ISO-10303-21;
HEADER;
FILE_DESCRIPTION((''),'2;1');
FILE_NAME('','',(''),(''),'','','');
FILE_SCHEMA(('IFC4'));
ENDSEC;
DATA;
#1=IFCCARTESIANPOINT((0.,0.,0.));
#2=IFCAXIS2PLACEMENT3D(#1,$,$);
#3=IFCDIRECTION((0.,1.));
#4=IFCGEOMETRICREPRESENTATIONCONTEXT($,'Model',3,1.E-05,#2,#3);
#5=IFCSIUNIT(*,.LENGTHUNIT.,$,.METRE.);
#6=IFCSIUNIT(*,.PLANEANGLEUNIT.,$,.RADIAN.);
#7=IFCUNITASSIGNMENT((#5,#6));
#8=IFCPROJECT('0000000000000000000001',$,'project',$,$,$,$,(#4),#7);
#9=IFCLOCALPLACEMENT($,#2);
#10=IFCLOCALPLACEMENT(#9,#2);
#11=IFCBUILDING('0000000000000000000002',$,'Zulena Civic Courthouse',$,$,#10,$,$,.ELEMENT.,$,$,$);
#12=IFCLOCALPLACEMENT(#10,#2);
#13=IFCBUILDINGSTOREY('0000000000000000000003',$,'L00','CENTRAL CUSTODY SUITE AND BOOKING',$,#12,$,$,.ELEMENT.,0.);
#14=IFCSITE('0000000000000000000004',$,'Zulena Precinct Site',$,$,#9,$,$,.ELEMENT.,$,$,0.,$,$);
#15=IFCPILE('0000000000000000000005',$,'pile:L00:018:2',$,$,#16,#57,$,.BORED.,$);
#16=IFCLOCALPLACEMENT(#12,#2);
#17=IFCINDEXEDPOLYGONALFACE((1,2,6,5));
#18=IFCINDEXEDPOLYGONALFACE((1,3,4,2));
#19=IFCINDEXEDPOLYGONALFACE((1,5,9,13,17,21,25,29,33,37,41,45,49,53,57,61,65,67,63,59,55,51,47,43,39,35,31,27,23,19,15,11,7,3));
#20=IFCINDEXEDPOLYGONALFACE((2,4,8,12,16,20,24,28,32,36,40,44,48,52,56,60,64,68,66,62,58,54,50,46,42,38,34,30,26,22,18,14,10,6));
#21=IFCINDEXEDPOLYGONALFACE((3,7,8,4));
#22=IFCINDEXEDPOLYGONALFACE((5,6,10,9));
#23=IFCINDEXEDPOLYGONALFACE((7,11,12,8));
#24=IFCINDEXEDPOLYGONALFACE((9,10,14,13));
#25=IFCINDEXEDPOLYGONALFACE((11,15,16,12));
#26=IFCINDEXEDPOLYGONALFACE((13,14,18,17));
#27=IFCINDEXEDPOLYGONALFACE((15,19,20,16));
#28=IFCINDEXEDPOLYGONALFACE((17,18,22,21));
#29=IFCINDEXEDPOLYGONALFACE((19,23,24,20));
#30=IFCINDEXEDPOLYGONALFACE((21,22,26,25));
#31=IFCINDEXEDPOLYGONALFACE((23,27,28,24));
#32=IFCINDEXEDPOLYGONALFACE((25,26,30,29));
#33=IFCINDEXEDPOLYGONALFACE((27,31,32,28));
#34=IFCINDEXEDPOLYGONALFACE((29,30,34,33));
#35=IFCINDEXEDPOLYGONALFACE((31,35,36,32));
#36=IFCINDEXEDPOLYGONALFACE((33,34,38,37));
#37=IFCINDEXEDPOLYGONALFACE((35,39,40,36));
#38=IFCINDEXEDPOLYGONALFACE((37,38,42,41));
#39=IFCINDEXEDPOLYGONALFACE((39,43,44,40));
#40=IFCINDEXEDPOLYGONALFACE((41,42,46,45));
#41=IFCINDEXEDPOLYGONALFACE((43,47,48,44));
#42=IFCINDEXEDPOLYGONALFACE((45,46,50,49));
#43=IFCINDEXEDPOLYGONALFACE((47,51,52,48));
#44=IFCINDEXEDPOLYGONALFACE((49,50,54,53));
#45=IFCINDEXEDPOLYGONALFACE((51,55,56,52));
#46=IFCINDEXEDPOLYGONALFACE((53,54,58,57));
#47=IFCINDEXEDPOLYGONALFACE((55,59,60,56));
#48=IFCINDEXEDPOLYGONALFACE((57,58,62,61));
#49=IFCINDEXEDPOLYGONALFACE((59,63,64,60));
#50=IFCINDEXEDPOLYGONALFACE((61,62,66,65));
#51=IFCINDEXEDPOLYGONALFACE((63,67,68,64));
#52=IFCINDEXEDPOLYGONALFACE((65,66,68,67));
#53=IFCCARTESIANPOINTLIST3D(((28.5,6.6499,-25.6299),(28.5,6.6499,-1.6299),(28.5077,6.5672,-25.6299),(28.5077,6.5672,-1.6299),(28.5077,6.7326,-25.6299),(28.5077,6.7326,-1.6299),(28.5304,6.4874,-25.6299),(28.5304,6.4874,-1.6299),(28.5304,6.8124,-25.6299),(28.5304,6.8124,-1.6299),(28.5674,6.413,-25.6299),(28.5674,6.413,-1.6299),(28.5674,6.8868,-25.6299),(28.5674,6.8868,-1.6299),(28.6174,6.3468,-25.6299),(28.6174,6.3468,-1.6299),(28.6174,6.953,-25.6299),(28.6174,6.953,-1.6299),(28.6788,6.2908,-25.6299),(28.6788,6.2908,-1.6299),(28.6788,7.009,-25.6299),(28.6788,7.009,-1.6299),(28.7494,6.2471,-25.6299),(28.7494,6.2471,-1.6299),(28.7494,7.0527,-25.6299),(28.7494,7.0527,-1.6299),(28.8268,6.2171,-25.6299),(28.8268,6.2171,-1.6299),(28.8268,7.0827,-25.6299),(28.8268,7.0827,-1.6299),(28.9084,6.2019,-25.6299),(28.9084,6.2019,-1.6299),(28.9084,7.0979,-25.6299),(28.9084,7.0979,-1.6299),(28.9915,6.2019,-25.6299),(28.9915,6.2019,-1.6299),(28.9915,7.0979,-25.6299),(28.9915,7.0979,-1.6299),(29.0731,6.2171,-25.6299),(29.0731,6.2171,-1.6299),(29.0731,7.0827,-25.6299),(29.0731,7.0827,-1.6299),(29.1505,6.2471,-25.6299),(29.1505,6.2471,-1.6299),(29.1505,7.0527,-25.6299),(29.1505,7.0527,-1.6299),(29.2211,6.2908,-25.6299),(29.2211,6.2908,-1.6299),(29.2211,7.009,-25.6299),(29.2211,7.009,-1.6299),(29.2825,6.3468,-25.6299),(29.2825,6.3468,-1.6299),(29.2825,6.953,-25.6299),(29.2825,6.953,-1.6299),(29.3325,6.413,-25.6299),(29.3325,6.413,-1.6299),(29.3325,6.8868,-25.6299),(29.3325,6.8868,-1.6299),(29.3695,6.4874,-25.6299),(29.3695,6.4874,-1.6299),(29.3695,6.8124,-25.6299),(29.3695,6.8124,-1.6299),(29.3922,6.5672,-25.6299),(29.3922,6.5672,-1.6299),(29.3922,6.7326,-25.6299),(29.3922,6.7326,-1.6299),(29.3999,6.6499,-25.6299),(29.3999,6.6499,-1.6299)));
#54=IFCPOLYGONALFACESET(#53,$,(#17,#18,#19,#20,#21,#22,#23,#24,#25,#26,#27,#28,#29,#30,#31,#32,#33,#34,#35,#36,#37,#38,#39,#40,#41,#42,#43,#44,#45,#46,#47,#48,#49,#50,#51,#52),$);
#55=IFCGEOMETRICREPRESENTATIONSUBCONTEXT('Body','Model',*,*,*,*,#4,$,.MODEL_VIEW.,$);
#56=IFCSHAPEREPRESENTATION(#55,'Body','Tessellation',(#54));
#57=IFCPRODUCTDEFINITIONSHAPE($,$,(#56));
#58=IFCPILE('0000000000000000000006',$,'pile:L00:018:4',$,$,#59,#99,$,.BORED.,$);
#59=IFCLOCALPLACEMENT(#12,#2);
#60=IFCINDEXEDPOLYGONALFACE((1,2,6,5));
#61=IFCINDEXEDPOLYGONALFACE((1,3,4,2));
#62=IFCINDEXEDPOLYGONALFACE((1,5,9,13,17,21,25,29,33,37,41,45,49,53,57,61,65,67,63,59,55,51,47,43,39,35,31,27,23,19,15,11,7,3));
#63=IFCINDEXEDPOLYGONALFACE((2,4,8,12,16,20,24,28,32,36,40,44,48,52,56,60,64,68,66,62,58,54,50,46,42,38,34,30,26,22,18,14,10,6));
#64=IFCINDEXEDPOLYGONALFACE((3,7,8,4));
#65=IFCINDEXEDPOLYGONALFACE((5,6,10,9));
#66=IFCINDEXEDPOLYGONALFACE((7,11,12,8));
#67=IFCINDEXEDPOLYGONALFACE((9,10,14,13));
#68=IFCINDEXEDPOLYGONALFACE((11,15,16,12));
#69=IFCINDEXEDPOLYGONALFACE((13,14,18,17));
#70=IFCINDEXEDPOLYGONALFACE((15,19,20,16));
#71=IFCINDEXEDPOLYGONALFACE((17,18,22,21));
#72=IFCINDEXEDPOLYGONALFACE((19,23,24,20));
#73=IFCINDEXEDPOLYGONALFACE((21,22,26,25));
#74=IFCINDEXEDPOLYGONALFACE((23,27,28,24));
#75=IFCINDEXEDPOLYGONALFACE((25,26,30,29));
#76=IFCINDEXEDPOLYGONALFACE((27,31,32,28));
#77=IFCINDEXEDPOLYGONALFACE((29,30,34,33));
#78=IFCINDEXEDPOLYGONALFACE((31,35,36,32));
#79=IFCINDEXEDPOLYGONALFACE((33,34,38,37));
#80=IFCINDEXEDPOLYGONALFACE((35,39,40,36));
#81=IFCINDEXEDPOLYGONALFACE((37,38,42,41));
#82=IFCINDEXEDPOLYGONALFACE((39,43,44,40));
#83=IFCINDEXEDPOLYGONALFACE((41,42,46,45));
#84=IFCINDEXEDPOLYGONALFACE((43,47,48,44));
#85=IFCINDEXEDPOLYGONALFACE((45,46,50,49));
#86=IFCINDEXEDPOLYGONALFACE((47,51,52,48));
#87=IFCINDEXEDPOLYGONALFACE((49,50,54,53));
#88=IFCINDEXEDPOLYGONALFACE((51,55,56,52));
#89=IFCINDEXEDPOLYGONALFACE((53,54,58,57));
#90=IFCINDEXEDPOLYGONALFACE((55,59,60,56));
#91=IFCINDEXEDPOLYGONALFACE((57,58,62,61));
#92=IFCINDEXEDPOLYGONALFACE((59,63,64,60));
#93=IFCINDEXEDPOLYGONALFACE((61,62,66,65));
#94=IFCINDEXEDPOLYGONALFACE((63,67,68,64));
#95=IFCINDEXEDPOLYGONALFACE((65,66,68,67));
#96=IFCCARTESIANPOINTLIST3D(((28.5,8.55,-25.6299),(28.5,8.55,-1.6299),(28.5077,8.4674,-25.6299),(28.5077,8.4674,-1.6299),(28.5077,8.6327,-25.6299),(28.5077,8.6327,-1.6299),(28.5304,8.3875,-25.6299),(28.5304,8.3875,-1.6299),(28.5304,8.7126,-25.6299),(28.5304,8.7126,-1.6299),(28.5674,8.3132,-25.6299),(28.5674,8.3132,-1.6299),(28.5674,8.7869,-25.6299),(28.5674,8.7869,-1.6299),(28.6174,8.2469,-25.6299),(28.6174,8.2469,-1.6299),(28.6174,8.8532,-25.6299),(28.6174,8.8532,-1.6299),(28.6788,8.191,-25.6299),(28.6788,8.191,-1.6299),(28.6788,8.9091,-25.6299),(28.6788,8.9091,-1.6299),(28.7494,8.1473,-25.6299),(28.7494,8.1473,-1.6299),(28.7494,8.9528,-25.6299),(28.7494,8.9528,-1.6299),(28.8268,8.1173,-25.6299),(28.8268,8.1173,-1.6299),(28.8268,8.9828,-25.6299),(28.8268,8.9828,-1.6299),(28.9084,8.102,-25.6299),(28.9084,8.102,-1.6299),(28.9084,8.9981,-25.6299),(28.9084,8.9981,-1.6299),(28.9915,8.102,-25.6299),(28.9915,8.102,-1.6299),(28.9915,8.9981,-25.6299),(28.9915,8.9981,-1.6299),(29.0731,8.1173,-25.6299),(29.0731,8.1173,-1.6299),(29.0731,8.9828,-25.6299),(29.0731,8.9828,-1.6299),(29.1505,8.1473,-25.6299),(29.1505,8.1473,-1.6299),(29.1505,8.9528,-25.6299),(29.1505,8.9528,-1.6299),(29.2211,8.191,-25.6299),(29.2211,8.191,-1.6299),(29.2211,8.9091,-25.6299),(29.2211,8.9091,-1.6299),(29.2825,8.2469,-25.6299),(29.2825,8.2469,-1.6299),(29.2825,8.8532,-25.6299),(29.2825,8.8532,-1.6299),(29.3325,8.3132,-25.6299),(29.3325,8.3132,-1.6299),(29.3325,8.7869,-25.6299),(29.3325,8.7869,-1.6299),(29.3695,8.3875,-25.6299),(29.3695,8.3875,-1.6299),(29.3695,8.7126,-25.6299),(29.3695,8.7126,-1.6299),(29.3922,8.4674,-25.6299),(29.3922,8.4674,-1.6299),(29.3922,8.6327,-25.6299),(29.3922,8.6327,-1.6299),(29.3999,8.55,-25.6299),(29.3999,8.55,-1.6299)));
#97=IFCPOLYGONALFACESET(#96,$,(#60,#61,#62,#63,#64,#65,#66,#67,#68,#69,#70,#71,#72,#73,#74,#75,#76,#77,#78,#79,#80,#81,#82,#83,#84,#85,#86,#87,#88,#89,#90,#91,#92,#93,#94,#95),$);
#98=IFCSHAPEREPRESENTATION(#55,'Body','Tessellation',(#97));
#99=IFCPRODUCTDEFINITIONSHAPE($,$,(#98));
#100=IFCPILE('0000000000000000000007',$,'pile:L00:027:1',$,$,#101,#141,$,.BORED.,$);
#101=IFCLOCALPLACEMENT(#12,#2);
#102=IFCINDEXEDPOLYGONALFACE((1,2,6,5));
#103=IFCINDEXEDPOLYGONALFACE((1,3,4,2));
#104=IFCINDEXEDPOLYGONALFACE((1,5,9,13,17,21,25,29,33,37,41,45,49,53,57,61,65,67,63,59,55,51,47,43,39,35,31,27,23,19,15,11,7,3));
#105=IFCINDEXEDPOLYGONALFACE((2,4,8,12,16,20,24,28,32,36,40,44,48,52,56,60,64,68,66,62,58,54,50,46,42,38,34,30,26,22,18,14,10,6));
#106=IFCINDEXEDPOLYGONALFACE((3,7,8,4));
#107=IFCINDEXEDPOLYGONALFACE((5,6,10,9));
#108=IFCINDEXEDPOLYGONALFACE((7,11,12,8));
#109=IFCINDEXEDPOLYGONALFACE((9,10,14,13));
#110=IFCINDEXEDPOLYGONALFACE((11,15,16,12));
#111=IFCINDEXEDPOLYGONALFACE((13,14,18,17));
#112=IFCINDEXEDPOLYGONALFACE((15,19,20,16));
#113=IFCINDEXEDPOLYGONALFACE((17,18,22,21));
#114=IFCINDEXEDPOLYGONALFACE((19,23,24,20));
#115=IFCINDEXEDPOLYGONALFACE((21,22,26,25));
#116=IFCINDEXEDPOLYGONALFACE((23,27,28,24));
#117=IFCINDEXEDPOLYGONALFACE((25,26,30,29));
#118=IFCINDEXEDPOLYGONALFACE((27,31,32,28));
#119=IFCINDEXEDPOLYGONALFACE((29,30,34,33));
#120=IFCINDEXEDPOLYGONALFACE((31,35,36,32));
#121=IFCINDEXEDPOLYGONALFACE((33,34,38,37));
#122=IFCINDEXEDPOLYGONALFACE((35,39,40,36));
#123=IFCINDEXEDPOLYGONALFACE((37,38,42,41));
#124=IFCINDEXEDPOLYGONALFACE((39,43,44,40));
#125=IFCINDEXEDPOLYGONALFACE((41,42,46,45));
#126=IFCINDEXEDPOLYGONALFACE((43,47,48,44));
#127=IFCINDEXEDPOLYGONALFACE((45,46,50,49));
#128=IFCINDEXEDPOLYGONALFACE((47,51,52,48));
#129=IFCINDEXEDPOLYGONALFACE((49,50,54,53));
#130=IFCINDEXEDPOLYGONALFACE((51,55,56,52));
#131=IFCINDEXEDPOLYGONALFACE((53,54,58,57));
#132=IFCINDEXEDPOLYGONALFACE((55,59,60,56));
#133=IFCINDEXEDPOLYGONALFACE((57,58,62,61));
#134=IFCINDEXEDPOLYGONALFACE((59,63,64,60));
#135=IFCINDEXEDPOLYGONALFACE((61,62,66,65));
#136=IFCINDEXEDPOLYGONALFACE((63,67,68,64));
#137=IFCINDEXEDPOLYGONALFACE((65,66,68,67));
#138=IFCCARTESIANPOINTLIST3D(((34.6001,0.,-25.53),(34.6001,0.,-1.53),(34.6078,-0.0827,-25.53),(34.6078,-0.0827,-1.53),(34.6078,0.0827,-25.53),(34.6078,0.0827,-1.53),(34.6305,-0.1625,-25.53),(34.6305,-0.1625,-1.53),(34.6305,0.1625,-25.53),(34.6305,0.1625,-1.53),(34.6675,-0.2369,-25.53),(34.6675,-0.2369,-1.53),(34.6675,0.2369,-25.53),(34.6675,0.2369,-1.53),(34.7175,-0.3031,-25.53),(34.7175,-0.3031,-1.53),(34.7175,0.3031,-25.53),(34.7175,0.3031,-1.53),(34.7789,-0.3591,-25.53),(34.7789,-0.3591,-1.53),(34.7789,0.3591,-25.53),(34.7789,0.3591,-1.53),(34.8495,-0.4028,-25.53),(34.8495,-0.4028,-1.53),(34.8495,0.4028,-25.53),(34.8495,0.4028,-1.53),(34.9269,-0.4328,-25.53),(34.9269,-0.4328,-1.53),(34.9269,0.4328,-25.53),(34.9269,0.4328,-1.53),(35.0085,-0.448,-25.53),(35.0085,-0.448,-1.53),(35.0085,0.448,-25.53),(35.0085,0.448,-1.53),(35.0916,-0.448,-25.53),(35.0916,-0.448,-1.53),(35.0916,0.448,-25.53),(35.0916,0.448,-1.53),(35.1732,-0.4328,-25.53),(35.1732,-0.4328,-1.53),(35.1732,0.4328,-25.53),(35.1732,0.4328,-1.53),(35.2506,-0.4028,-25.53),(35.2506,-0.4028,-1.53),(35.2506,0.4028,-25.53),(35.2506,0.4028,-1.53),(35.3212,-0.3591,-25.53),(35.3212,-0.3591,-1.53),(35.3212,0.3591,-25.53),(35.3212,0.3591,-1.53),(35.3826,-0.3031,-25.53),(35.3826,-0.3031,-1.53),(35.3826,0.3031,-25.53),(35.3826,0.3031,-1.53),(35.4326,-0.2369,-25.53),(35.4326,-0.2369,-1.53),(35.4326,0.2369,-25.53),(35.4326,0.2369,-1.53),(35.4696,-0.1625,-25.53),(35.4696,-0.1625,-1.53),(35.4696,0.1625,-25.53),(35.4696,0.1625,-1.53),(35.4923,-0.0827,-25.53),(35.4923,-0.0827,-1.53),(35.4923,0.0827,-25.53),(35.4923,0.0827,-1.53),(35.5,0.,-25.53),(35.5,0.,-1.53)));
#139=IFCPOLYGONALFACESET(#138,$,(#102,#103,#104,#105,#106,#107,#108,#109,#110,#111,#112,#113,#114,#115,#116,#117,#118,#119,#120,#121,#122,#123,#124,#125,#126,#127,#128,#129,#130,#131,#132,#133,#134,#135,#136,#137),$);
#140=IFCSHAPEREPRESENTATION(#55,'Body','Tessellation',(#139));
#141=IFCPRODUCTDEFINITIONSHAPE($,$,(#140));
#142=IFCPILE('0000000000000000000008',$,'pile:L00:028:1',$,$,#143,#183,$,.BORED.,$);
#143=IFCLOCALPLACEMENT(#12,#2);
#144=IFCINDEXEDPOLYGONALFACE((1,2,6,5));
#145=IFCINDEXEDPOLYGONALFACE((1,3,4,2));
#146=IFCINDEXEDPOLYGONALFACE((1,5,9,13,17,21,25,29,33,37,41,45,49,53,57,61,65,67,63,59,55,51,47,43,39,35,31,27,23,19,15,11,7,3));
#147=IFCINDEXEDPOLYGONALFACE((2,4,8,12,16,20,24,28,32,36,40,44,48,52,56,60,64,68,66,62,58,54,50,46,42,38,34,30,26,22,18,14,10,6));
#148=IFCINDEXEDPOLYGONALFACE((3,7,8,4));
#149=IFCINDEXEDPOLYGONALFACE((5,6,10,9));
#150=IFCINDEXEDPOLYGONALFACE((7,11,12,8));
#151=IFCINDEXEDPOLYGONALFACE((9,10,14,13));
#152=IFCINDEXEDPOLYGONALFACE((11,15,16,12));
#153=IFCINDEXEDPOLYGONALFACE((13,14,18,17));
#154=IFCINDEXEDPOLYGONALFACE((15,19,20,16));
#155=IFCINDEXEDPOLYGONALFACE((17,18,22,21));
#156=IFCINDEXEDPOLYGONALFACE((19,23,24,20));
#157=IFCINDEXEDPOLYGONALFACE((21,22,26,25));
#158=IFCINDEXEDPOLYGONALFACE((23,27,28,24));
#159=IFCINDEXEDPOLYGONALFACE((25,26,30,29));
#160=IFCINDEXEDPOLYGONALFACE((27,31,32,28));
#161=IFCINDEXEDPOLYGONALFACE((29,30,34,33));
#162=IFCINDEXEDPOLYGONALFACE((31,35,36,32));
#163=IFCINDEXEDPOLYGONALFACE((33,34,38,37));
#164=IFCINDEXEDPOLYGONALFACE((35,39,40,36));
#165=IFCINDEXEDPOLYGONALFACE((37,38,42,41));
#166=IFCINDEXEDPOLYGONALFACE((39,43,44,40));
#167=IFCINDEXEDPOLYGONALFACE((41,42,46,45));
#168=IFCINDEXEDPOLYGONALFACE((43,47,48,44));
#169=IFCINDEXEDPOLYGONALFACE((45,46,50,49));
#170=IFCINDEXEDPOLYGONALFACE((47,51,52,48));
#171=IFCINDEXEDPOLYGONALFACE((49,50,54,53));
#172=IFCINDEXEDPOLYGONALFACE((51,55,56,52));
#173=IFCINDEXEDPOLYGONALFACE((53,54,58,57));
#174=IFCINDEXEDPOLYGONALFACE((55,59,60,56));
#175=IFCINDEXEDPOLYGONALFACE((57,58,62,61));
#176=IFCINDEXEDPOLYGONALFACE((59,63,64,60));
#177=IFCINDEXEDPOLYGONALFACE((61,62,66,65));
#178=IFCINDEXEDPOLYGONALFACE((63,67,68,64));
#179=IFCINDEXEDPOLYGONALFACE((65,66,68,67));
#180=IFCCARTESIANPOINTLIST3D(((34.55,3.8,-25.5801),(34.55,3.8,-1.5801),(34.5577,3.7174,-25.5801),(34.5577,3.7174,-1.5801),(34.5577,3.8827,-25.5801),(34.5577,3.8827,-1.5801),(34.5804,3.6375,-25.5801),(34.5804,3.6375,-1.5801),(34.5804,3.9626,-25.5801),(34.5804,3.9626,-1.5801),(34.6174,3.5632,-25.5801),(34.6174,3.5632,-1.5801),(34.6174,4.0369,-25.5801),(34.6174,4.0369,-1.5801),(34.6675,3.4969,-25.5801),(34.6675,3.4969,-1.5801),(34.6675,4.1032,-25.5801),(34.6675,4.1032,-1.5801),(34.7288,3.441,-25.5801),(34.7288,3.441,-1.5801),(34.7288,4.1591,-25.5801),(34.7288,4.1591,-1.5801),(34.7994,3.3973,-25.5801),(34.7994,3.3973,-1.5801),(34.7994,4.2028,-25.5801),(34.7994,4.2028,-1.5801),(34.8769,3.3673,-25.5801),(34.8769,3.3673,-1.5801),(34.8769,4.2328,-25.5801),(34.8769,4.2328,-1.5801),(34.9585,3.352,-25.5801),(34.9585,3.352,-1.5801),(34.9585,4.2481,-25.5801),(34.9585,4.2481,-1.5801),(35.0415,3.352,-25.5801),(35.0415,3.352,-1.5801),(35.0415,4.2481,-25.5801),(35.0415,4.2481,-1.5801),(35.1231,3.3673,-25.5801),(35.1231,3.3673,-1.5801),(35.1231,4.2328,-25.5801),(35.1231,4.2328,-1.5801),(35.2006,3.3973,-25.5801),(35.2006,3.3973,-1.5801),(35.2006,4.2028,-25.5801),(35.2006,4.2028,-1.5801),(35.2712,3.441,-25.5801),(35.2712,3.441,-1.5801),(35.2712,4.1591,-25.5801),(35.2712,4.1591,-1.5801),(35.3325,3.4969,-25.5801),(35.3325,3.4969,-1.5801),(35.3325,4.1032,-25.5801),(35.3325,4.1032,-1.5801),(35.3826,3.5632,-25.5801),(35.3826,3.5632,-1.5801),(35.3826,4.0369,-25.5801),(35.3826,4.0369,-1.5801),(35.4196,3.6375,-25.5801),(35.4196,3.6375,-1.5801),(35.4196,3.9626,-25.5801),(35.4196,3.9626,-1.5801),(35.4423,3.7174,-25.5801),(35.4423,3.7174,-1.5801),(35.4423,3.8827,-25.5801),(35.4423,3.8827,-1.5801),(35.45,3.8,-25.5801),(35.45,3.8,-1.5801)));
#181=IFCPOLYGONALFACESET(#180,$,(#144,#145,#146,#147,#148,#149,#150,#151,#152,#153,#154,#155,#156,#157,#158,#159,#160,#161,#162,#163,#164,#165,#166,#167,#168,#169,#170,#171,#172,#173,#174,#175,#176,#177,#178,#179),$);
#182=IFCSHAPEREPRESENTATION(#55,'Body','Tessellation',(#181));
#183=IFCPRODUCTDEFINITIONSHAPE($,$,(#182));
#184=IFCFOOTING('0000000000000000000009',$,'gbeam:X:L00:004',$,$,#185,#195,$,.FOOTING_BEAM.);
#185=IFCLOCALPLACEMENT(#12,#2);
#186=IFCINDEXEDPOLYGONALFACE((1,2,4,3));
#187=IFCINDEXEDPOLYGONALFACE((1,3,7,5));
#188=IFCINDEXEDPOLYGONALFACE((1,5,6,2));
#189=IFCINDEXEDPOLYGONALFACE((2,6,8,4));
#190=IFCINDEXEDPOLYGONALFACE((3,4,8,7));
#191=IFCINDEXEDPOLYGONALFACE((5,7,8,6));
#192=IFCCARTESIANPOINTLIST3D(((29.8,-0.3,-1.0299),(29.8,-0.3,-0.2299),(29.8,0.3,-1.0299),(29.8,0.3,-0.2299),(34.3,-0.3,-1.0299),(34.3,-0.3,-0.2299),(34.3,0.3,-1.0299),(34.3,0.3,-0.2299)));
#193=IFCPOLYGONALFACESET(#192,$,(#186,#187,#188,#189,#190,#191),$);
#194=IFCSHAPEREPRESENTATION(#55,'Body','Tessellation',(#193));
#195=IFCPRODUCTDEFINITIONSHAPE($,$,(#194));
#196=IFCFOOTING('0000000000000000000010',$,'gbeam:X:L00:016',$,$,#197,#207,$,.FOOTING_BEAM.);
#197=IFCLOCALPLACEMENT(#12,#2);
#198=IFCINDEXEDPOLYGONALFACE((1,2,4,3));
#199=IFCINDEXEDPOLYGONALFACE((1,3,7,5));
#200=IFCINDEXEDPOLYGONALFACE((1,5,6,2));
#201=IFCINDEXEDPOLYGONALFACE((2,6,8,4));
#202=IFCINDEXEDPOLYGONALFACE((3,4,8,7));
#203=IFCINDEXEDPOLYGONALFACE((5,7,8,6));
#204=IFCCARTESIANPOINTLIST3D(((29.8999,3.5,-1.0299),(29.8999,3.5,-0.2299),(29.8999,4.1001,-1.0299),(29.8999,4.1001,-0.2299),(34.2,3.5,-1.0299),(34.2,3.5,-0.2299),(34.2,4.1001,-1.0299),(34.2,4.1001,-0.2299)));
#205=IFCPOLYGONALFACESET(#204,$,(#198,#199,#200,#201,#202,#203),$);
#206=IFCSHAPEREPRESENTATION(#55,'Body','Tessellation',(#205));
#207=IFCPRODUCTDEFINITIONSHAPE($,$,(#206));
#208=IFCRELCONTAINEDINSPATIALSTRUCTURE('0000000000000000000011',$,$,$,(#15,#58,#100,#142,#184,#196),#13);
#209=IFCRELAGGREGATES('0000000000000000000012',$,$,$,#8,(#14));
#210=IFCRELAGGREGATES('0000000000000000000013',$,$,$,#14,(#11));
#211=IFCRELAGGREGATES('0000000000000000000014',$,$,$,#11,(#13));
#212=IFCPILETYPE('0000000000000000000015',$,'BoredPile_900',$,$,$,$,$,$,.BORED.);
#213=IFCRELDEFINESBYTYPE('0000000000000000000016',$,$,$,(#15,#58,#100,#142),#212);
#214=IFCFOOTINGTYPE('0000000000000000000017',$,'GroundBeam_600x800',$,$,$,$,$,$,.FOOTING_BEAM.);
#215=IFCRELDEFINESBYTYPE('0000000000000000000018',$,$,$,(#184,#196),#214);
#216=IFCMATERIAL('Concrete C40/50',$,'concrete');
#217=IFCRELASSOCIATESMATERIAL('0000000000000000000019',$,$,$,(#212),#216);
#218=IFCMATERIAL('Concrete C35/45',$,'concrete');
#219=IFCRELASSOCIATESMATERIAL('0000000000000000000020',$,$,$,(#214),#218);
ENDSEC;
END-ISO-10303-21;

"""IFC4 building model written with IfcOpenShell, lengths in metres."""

from ifc_helpers import new_model, si_unit, direction, frame, origin, origin_2d, place, context, subcontext, project, spatial, rectangle, circle, extrude, material, material_profile, profile_set, type_object, element, save


model = new_model("IFC4")

# Units and contexts
model_context = context("Model", 3, precision=1e-05, world=origin(), true_north=direction((0.0, 1.0)))
body_context = subcontext(model_context, "Body", "Model", "MODEL_VIEW")
ifc_project = project(units=[si_unit("LENGTHUNIT", "METRE"), si_unit("PLANEANGLEUNIT", "RADIAN")], contexts=[model_context])

# Site, building, storey
site_placement = place(None, origin())
site = spatial("IfcSite", under=ifc_project, at=site_placement, Name="Zulena Precinct Site", CompositionType="ELEMENT", RefElevation=0.0)
building_placement = place(site_placement, origin())
building = spatial("IfcBuilding", under=site, at=building_placement, Name="Zulena Civic Courthouse", CompositionType="ELEMENT")
storey_placement = place(building_placement, origin())
storey = spatial("IfcBuildingStorey", under=building, at=storey_placement, Name="L00", Description="CENTRAL CUSTODY SUITE AND BOOKING", CompositionType="ELEMENT", Elevation=0.0)

# Piles
ifc_material_1 = material(Name="Concrete C40/50", Category="concrete")
ifc_material_profile_1 = material_profile(ifc_material_1, circle(Radius=0.45, at=origin_2d()), Name="PILE900")
ifc_profile_set_1 = profile_set([ifc_material_profile_1], Name="Concrete C40/50")
pile_type_1 = type_object("IfcPileType", Name="BoredPile_900", PredefinedType="BORED", material=ifc_profile_set_1)
for number, where, z_axis, x_axis, name in (
    (1, (28.95, 6.6499, -1.6299), (0.0, 0.0, -1.0), (1.0, 0.0, 0.0), "pile:L00:018:2"),
    (2, (28.95, 8.55, -1.6299), (0.0, 0.0, -1.0), (1.0, 0.0, 0.0), "pile:L00:018:4"),
    (3, (35.05, 0.0, -1.53), (0.0, 0.0, -1.0), (1.0, 0.0, 0.0), "pile:L00:027:1"),
    (4, (35.0, 3.8, -1.5801), (0.0, 0.0, -1.0), (1.0, 0.0, 0.0), "pile:L00:028:1"),
):
    element("IfcPile", number, at=place(storey_placement, frame(where, z_axis=z_axis, x_axis=x_axis)), inside=storey, type_object=pile_type_1, Name=name, PredefinedType="BORED", context=body_context, shape_type="SweptSolid", body=[
        extrude(circle(Radius=0.45, at=origin_2d()), origin(), (0.0, 0.0, 1.0), 24.0),
    ])

# Footings
ifc_material_2 = material(Name="Concrete C35/45", Category="concrete")
ifc_material_profile_2 = material_profile(ifc_material_2, rectangle(XDim=0.6001, YDim=0.8, at=origin_2d()), Name="RC600X800")
ifc_profile_set_2 = profile_set([ifc_material_profile_2], Name="Concrete C35/45")
footing_type_1 = type_object("IfcFootingType", Name="GroundBeam_600x800", PredefinedType="FOOTING_BEAM", material=ifc_profile_set_2)
footing_1_placement = place(storey_placement, frame((29.8, 0.0, -0.6299), z_axis=(1.0, 0.0, 0.0), x_axis=(0.0, 1.0, 0.0)))
element("IfcFooting", 5, at=footing_1_placement, inside=storey, type_object=footing_type_1, Name="gbeam:X:L00:004", PredefinedType="FOOTING_BEAM", context=body_context, shape_type="SweptSolid", body=[
    extrude(rectangle(XDim=0.6001, YDim=0.8, at=origin_2d()), origin(), (0.0, 0.0, 1.0), 4.5),
])
footing_2_placement = place(storey_placement, frame((29.8999, 3.8, -0.6299), z_axis=(1.0, 0.0, 0.0), x_axis=(0.0, 1.0, 0.0)))
element("IfcFooting", 6, at=footing_2_placement, inside=storey, type_object=footing_type_1, Name="gbeam:X:L00:016", PredefinedType="FOOTING_BEAM", context=body_context, shape_type="SweptSolid", body=[
    extrude(rectangle(XDim=0.6001, YDim=0.8, at=origin_2d()), origin(), (0.0, 0.0, 1.0), 4.3),
])

save(model, "model.ifc")
